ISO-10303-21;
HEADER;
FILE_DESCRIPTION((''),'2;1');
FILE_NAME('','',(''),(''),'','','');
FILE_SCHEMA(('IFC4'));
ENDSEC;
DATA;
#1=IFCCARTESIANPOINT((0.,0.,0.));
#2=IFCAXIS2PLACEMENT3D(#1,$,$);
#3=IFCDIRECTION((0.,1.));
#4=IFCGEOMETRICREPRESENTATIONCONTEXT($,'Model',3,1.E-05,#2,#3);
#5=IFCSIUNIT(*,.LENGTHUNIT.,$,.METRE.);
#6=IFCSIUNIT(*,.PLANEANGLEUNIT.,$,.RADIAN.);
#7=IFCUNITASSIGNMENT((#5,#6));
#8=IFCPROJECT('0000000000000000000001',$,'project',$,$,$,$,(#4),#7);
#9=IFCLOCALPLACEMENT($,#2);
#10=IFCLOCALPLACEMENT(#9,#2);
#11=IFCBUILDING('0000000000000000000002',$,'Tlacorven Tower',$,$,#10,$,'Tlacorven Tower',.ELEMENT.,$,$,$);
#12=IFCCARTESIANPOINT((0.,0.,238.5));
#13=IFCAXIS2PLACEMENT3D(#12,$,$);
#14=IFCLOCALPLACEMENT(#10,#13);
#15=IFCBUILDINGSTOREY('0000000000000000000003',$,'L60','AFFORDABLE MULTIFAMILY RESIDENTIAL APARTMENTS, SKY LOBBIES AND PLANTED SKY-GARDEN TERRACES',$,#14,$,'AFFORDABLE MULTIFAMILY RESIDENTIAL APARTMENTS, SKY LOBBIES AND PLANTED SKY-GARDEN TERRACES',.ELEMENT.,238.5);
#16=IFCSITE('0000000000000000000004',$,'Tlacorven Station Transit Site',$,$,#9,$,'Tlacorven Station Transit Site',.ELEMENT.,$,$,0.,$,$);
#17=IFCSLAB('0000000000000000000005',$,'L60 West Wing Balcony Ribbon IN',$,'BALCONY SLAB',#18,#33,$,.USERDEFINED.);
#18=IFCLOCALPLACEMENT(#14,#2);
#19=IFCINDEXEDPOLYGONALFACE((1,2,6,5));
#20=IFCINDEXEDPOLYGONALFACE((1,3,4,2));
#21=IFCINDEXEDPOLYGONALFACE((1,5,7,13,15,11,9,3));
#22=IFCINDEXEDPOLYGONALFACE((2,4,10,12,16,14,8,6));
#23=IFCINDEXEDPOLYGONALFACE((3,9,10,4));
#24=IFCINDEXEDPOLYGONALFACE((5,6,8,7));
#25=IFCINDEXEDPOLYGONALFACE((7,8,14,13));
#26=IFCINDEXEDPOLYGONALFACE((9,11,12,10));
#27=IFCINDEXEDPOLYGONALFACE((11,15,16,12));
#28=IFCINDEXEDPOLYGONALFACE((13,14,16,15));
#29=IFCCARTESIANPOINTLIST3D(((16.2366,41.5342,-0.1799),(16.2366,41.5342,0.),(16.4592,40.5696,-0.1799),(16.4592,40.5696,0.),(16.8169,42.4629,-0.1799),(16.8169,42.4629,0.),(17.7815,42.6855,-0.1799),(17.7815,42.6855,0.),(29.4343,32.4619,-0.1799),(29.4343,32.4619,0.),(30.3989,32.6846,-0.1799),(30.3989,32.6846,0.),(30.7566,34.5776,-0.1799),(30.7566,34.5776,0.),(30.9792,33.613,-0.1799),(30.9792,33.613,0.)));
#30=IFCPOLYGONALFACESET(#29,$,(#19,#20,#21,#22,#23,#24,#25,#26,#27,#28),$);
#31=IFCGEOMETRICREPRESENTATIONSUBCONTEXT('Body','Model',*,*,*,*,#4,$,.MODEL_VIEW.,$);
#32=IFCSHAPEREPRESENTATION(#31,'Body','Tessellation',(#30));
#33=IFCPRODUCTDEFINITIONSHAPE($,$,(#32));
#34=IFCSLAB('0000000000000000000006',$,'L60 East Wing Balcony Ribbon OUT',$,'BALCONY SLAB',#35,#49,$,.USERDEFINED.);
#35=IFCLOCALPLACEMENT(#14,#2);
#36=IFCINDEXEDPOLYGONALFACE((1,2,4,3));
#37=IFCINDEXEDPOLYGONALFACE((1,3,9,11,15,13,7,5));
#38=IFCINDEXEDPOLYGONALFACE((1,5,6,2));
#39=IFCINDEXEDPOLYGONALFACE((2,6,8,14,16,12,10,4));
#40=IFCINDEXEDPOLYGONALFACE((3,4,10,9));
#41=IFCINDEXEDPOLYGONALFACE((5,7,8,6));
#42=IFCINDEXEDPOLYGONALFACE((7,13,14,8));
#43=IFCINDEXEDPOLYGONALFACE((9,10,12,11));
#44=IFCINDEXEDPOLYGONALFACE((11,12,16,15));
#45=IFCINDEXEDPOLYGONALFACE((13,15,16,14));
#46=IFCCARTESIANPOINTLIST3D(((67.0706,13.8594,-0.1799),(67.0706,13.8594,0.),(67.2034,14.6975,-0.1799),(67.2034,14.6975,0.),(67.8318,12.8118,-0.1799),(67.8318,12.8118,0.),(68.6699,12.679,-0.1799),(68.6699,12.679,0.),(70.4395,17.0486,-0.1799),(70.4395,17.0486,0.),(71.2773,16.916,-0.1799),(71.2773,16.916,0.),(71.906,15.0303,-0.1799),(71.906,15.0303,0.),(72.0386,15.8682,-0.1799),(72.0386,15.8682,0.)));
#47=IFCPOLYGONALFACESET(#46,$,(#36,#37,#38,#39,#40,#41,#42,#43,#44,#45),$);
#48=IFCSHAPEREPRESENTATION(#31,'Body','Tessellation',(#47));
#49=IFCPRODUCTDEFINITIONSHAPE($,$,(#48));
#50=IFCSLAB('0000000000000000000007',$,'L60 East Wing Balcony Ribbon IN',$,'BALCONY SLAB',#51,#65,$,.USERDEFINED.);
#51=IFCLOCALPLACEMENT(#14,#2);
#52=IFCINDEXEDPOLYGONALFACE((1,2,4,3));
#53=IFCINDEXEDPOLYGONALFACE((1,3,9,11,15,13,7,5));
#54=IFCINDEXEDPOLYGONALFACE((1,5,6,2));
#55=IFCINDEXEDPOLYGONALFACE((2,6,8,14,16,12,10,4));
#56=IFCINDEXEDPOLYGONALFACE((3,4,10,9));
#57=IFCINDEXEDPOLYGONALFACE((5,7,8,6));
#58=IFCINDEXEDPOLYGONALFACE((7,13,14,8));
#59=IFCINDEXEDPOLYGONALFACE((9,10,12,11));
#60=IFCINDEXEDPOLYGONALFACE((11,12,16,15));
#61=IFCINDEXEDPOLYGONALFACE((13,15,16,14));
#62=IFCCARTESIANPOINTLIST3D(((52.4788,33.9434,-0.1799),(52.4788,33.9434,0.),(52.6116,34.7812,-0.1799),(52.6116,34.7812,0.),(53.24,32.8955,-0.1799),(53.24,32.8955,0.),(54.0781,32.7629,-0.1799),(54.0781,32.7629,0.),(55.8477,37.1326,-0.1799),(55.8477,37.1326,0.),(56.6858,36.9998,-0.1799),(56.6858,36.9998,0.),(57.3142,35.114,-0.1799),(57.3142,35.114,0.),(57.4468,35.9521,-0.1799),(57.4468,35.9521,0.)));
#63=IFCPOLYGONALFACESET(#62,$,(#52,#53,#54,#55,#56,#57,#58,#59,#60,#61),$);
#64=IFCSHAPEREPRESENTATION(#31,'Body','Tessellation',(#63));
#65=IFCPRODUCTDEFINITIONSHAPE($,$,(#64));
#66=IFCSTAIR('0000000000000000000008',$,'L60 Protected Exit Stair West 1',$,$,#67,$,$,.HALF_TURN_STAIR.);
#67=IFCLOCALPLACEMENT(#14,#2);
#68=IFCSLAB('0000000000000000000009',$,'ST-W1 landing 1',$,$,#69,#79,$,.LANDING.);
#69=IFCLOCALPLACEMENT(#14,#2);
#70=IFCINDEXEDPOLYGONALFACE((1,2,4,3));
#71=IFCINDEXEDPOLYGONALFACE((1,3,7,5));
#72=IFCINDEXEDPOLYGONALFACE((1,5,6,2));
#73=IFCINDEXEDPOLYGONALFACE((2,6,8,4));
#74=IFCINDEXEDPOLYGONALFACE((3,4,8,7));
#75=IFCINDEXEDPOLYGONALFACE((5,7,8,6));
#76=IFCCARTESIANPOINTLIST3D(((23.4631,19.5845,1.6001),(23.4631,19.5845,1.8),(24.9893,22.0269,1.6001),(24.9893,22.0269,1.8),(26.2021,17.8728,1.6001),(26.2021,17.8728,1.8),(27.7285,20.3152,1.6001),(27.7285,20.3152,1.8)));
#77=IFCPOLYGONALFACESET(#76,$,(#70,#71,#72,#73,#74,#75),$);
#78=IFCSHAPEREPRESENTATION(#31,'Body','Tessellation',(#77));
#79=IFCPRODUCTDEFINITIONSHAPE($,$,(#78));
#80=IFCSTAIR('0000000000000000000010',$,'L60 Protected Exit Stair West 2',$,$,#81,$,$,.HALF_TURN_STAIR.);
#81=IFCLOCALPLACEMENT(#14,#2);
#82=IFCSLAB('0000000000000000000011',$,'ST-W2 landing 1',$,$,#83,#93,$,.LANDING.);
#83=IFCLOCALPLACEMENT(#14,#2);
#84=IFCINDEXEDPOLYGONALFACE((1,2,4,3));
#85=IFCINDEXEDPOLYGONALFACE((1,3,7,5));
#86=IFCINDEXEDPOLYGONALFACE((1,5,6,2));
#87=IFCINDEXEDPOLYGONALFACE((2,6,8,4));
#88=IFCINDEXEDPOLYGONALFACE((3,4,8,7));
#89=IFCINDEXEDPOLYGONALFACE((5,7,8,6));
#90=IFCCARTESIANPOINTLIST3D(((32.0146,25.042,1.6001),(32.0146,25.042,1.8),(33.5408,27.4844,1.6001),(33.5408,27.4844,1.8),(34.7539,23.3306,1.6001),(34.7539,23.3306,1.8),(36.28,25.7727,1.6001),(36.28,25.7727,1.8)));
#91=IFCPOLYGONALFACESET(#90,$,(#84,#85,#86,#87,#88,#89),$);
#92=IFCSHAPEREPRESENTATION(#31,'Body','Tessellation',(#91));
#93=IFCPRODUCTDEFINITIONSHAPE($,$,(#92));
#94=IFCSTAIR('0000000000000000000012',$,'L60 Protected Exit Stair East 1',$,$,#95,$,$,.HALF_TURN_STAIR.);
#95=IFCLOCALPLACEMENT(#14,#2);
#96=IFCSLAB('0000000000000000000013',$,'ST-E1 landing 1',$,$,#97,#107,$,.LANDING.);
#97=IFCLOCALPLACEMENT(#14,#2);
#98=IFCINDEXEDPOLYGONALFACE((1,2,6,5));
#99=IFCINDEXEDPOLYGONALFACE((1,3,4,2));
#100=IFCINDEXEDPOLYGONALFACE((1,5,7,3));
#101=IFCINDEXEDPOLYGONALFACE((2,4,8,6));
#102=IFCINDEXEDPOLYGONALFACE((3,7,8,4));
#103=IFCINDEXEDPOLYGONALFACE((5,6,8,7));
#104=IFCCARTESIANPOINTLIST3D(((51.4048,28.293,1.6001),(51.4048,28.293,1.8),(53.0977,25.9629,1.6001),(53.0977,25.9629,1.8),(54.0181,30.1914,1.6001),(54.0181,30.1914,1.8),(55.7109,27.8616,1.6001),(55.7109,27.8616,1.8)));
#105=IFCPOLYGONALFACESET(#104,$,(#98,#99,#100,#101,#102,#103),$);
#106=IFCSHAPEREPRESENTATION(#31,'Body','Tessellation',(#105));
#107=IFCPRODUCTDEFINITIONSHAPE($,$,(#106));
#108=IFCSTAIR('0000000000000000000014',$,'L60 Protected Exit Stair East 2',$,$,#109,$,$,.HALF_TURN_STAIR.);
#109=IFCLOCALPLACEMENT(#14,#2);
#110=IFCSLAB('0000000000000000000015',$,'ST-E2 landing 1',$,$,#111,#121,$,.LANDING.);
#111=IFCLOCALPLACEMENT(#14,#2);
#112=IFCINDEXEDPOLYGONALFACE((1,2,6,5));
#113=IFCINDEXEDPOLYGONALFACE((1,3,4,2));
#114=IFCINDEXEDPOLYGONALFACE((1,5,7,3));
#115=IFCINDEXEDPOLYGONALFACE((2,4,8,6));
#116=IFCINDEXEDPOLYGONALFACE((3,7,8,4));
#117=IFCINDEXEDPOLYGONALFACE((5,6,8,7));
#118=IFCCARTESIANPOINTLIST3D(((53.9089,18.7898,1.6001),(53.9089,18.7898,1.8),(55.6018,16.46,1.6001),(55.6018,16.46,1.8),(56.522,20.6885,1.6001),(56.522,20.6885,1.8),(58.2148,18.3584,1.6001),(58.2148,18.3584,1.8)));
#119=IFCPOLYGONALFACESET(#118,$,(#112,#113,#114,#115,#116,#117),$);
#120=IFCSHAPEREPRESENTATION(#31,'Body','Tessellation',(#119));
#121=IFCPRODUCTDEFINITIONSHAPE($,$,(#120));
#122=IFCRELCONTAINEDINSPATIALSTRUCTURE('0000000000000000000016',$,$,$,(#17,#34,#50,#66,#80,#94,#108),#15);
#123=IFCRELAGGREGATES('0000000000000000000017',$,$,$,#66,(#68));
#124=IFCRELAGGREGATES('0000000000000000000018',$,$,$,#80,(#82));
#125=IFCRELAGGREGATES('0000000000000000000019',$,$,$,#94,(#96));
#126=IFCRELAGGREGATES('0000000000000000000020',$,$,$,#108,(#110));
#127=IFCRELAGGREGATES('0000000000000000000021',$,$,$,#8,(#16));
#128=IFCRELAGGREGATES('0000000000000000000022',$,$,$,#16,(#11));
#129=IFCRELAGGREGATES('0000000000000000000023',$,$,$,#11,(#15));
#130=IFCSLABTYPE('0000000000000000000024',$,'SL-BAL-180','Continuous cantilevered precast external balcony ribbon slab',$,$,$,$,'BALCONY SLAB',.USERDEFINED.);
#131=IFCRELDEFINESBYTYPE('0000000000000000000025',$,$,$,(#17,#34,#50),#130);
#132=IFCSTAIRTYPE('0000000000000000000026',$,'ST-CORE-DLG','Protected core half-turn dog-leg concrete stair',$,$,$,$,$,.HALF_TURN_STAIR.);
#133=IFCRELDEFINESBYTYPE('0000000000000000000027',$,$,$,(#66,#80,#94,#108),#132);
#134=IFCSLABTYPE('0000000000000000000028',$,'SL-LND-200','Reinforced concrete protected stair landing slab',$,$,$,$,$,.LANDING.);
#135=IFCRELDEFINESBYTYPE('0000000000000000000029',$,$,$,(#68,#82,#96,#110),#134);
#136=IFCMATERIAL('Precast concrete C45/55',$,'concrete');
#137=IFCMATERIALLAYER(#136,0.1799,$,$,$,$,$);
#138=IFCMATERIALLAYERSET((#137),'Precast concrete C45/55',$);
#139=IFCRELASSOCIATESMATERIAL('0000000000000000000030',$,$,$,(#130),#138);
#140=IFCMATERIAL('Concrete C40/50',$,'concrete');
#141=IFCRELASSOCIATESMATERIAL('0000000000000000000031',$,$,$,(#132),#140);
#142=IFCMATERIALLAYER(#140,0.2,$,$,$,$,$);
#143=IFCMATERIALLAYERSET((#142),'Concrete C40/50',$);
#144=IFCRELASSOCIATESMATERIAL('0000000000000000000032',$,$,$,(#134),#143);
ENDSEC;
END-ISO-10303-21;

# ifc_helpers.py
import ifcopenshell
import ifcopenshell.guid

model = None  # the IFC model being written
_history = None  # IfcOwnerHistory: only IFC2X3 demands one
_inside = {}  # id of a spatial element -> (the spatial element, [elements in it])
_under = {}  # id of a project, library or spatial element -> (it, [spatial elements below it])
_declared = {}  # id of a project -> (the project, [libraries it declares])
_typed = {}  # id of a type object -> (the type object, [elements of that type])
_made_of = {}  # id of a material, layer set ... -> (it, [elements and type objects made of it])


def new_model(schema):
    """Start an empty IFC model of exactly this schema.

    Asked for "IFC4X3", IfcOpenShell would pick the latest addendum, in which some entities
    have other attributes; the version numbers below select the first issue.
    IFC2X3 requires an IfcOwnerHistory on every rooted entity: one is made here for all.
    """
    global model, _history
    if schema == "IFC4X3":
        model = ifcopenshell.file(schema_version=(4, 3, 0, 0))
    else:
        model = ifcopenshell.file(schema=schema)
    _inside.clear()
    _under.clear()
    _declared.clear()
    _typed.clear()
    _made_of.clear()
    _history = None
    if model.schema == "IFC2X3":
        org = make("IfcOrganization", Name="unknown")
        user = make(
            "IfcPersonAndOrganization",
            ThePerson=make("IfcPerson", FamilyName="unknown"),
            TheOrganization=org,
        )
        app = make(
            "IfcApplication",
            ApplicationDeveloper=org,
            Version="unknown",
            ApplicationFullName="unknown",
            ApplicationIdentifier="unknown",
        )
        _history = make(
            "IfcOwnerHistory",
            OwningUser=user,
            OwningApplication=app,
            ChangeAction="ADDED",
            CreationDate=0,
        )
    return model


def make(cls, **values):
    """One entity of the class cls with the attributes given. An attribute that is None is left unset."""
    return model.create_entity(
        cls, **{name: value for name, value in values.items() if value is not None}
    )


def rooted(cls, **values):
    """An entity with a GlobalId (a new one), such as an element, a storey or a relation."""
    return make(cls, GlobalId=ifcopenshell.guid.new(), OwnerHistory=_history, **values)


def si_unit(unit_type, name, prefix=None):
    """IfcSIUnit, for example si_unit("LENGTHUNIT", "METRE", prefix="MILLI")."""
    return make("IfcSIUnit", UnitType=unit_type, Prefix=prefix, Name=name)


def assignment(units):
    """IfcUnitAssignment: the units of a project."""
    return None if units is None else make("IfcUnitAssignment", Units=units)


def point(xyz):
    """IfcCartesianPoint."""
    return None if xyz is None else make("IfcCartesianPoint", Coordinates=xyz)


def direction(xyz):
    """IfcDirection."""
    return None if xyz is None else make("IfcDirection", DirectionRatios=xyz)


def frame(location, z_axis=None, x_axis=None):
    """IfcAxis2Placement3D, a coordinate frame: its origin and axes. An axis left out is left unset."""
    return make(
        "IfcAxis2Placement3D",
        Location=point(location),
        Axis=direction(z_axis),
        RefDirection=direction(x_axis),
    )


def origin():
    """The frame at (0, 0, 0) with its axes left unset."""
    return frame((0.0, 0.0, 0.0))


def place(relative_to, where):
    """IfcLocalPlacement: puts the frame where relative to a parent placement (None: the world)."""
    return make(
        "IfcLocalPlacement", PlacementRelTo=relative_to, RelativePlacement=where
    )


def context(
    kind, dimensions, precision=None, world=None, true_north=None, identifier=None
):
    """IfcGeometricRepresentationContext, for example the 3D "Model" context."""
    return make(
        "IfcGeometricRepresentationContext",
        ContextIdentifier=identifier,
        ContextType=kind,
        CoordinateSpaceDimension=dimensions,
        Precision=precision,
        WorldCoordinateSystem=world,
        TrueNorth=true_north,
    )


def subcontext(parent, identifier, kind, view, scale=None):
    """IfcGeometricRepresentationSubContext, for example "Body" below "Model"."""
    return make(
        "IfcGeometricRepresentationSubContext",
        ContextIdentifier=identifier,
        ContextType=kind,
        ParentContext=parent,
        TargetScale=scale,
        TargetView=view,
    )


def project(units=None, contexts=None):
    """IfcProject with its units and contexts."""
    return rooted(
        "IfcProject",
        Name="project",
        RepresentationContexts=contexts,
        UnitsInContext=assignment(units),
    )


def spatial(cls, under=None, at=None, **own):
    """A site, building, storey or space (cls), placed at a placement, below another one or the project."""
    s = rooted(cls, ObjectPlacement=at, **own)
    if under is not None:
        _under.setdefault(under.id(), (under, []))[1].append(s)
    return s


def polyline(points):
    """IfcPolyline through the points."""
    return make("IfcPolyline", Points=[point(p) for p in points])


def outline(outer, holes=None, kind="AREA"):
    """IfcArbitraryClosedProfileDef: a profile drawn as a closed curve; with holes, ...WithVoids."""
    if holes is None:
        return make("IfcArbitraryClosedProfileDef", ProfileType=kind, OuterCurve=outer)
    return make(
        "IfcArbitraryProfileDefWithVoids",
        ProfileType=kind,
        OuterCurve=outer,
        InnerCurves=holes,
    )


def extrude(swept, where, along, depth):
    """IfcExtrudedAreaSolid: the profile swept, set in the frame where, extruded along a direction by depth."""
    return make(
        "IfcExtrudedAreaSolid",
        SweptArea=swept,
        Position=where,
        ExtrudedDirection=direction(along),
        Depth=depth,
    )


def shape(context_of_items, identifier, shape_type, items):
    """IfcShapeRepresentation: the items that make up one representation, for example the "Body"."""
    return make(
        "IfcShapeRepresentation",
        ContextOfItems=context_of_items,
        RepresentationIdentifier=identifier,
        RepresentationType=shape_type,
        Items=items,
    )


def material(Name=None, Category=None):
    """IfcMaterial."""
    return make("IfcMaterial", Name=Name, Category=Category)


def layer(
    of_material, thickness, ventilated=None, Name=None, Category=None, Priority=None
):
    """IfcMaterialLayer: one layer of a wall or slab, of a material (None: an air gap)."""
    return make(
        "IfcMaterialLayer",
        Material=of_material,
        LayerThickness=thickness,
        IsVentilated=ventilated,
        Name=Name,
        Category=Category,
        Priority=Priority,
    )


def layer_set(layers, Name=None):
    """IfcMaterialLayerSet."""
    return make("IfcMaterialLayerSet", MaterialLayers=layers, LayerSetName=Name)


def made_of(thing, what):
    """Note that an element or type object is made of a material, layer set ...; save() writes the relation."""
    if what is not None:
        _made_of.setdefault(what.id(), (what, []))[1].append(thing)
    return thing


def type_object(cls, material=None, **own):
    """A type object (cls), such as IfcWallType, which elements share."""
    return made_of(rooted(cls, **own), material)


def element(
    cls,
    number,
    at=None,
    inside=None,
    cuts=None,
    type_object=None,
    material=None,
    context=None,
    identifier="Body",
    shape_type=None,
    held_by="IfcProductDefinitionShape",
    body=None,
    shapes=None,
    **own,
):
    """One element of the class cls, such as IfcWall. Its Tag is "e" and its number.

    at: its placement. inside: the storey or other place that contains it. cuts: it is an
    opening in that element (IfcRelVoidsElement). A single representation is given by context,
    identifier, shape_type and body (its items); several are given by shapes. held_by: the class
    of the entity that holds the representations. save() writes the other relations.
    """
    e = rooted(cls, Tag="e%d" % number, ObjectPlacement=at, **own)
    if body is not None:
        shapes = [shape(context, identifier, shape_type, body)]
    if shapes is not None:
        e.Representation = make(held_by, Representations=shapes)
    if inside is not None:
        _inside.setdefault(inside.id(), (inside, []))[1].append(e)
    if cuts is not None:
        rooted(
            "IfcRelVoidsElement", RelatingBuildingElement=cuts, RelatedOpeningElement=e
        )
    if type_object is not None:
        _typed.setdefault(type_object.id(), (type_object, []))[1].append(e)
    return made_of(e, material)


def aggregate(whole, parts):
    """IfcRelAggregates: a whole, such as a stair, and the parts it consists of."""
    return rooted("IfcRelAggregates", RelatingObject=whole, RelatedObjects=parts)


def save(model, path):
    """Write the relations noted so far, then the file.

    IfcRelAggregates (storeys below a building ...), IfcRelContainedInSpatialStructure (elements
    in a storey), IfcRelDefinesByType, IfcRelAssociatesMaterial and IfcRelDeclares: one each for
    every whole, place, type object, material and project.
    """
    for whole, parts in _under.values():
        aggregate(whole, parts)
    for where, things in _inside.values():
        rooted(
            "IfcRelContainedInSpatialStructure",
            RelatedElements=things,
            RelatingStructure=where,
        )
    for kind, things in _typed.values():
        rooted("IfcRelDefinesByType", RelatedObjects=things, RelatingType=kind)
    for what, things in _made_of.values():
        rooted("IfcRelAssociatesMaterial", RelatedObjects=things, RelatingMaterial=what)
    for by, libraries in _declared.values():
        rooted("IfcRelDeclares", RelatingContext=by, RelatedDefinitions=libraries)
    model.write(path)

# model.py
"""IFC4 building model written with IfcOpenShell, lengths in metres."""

from ifc_helpers import new_model, si_unit, direction, frame, origin, place, context, subcontext, project, spatial, polyline, outline, extrude, material, layer, layer_set, type_object, element, aggregate, save


model = new_model("IFC4")

# Units and contexts
model_context = context("Model", 3, precision=1e-05, world=origin(), true_north=direction((0.0, 1.0)))
body_context = subcontext(model_context, "Body", "Model", "MODEL_VIEW")
ifc_project = project(units=[si_unit("LENGTHUNIT", "METRE"), si_unit("PLANEANGLEUNIT", "RADIAN")], contexts=[model_context])

# Site, building, storey
site_placement = place(None, origin())
site = spatial("IfcSite", under=ifc_project, at=site_placement, Name="Tlacorven Station Transit Site", LongName="Tlacorven Station Transit Site", CompositionType="ELEMENT", RefElevation=0.0)
building_placement = place(site_placement, origin())
building = spatial("IfcBuilding", under=site, at=building_placement, Name="Tlacorven Tower", LongName="Tlacorven Tower", CompositionType="ELEMENT")
storey_placement = place(building_placement, frame((0.0, 0.0, 238.5)))
storey = spatial("IfcBuildingStorey", under=building, at=storey_placement, Name="L60", Description="AFFORDABLE MULTIFAMILY RESIDENTIAL APARTMENTS, SKY LOBBIES AND PLANTED SKY-GARDEN TERRACES", LongName="AFFORDABLE MULTIFAMILY RESIDENTIAL APARTMENTS, SKY LOBBIES AND PLANTED SKY-GARDEN TERRACES", CompositionType="ELEMENT", Elevation=238.5)

# Slabs
ifc_material_1 = material(Name="Precast concrete C45/55", Category="concrete")
ifc_layer_1 = layer(ifc_material_1, 0.1799)
ifc_layer_set_1 = layer_set([ifc_layer_1], Name="Precast concrete C45/55")
slab_type_1 = type_object("IfcSlabType", Name="SL-BAL-180", Description="Continuous cantilevered precast external balcony ribbon slab", ElementType="BALCONY SLAB", PredefinedType="USERDEFINED", material=ifc_layer_set_1)
slab_1_placement = place(storey_placement, frame((0.0, 0.0, -0.1799)))
element("IfcSlab", 1, at=slab_1_placement, inside=storey, type_object=slab_type_1, Name="L60 West Wing Balcony Ribbon IN", ObjectType="BALCONY SLAB", PredefinedType="USERDEFINED", context=body_context, shape_type="SweptSolid", body=[
    extrude(outline(polyline([(30.7566, 34.5776), (17.7815, 42.6855), (16.8169, 42.4629), (16.2366, 41.5342), (16.4592, 40.5696), (29.4343, 32.4619), (30.3989, 32.6846), (30.9792, 33.613), (30.7566, 34.5776)])), origin(), (0.0, 0.0, 1.0), 0.1799),
])
slab_2_placement = place(storey_placement, frame((0.0, 0.0, -0.1799)))
element("IfcSlab", 2, at=slab_2_placement, inside=storey, type_object=slab_type_1, Name="L60 East Wing Balcony Ribbon OUT", ObjectType="BALCONY SLAB", PredefinedType="USERDEFINED", context=body_context, shape_type="SweptSolid", body=[
    extrude(outline(polyline([(68.6699, 12.679), (71.906, 15.0303), (72.0386, 15.8682), (71.2773, 16.916), (70.4395, 17.0486), (67.2034, 14.6975), (67.0706, 13.8594), (67.8318, 12.8118), (68.6699, 12.679)])), origin(), (0.0, 0.0, 1.0), 0.1799),
])
slab_3_placement = place(storey_placement, frame((0.0, 0.0, -0.1799)))
element("IfcSlab", 3, at=slab_3_placement, inside=storey, type_object=slab_type_1, Name="L60 East Wing Balcony Ribbon IN", ObjectType="BALCONY SLAB", PredefinedType="USERDEFINED", context=body_context, shape_type="SweptSolid", body=[
    extrude(outline(polyline([(54.0781, 32.7629), (57.3142, 35.114), (57.4468, 35.9521), (56.6858, 36.9998), (55.8477, 37.1326), (52.6116, 34.7812), (52.4788, 33.9434), (53.24, 32.8955), (54.0781, 32.7629)])), origin(), (0.0, 0.0, 1.0), 0.1799),
])

# Stairs, slabs
ifc_material_2 = material(Name="Concrete C40/50", Category="concrete")
stair_type = type_object("IfcStairType", Name="ST-CORE-DLG", Description="Protected core half-turn dog-leg concrete stair", PredefinedType="HALF_TURN_STAIR", material=ifc_material_2)
stair_1_placement = place(storey_placement, origin())
stair_1 = element("IfcStair", 4, at=stair_1_placement, inside=storey, type_object=stair_type, Name="L60 Protected Exit Stair West 1", PredefinedType="HALF_TURN_STAIR")
ifc_layer_2 = layer(ifc_material_2, 0.2)
ifc_layer_set_2 = layer_set([ifc_layer_2], Name="Concrete C40/50")
slab_type_2 = type_object("IfcSlabType", Name="SL-LND-200", Description="Reinforced concrete protected stair landing slab", PredefinedType="LANDING", material=ifc_layer_set_2)
slab_4_placement = place(storey_placement, frame((0.0, 0.0, 1.6001)))
slab_4 = element("IfcSlab", 5, at=slab_4_placement, type_object=slab_type_2, Name="ST-W1 landing 1", PredefinedType="LANDING", context=body_context, shape_type="SweptSolid", body=[
    extrude(outline(polyline([(27.7285, 20.3152), (24.9893, 22.0269), (23.4631, 19.5845), (26.2021, 17.8728), (27.7285, 20.3152)])), origin(), (0.0, 0.0, 1.0), 0.2),
])
aggregate(stair_1, [slab_4])
stair_2_placement = place(storey_placement, origin())
stair_2 = element("IfcStair", 6, at=stair_2_placement, inside=storey, type_object=stair_type, Name="L60 Protected Exit Stair West 2", PredefinedType="HALF_TURN_STAIR")
slab_5_placement = place(storey_placement, frame((0.0, 0.0, 1.6001)))
slab_5 = element("IfcSlab", 7, at=slab_5_placement, type_object=slab_type_2, Name="ST-W2 landing 1", PredefinedType="LANDING", context=body_context, shape_type="SweptSolid", body=[
    extrude(outline(polyline([(36.28, 25.7727), (33.5408, 27.4844), (32.0146, 25.042), (34.7539, 23.3306), (36.28, 25.7727)])), origin(), (0.0, 0.0, 1.0), 0.2),
])
aggregate(stair_2, [slab_5])
stair_3_placement = place(storey_placement, origin())
stair_3 = element("IfcStair", 8, at=stair_3_placement, inside=storey, type_object=stair_type, Name="L60 Protected Exit Stair East 1", PredefinedType="HALF_TURN_STAIR")
slab_6_placement = place(storey_placement, frame((0.0, 0.0, 1.6001)))
slab_6 = element("IfcSlab", 9, at=slab_6_placement, type_object=slab_type_2, Name="ST-E1 landing 1", PredefinedType="LANDING", context=body_context, shape_type="SweptSolid", body=[
    extrude(outline(polyline([(53.0977, 25.9629), (55.7109, 27.8616), (54.0181, 30.1914), (51.4048, 28.293), (53.0977, 25.9629)])), origin(), (0.0, 0.0, 1.0), 0.2),
])
aggregate(stair_3, [slab_6])
stair_4_placement = place(storey_placement, origin())
stair_4 = element("IfcStair", 10, at=stair_4_placement, inside=storey, type_object=stair_type, Name="L60 Protected Exit Stair East 2", PredefinedType="HALF_TURN_STAIR")
slab_7_placement = place(storey_placement, frame((0.0, 0.0, 1.6001)))
slab_7 = element("IfcSlab", 11, at=slab_7_placement, type_object=slab_type_2, Name="ST-E2 landing 1", PredefinedType="LANDING", context=body_context, shape_type="SweptSolid", body=[
    extrude(outline(polyline([(55.6018, 16.46), (58.2148, 18.3584), (56.522, 20.6885), (53.9089, 18.7898), (55.6018, 16.46)])), origin(), (0.0, 0.0, 1.0), 0.2),
])
aggregate(stair_4, [slab_7])

save(model, "model.ifc")
